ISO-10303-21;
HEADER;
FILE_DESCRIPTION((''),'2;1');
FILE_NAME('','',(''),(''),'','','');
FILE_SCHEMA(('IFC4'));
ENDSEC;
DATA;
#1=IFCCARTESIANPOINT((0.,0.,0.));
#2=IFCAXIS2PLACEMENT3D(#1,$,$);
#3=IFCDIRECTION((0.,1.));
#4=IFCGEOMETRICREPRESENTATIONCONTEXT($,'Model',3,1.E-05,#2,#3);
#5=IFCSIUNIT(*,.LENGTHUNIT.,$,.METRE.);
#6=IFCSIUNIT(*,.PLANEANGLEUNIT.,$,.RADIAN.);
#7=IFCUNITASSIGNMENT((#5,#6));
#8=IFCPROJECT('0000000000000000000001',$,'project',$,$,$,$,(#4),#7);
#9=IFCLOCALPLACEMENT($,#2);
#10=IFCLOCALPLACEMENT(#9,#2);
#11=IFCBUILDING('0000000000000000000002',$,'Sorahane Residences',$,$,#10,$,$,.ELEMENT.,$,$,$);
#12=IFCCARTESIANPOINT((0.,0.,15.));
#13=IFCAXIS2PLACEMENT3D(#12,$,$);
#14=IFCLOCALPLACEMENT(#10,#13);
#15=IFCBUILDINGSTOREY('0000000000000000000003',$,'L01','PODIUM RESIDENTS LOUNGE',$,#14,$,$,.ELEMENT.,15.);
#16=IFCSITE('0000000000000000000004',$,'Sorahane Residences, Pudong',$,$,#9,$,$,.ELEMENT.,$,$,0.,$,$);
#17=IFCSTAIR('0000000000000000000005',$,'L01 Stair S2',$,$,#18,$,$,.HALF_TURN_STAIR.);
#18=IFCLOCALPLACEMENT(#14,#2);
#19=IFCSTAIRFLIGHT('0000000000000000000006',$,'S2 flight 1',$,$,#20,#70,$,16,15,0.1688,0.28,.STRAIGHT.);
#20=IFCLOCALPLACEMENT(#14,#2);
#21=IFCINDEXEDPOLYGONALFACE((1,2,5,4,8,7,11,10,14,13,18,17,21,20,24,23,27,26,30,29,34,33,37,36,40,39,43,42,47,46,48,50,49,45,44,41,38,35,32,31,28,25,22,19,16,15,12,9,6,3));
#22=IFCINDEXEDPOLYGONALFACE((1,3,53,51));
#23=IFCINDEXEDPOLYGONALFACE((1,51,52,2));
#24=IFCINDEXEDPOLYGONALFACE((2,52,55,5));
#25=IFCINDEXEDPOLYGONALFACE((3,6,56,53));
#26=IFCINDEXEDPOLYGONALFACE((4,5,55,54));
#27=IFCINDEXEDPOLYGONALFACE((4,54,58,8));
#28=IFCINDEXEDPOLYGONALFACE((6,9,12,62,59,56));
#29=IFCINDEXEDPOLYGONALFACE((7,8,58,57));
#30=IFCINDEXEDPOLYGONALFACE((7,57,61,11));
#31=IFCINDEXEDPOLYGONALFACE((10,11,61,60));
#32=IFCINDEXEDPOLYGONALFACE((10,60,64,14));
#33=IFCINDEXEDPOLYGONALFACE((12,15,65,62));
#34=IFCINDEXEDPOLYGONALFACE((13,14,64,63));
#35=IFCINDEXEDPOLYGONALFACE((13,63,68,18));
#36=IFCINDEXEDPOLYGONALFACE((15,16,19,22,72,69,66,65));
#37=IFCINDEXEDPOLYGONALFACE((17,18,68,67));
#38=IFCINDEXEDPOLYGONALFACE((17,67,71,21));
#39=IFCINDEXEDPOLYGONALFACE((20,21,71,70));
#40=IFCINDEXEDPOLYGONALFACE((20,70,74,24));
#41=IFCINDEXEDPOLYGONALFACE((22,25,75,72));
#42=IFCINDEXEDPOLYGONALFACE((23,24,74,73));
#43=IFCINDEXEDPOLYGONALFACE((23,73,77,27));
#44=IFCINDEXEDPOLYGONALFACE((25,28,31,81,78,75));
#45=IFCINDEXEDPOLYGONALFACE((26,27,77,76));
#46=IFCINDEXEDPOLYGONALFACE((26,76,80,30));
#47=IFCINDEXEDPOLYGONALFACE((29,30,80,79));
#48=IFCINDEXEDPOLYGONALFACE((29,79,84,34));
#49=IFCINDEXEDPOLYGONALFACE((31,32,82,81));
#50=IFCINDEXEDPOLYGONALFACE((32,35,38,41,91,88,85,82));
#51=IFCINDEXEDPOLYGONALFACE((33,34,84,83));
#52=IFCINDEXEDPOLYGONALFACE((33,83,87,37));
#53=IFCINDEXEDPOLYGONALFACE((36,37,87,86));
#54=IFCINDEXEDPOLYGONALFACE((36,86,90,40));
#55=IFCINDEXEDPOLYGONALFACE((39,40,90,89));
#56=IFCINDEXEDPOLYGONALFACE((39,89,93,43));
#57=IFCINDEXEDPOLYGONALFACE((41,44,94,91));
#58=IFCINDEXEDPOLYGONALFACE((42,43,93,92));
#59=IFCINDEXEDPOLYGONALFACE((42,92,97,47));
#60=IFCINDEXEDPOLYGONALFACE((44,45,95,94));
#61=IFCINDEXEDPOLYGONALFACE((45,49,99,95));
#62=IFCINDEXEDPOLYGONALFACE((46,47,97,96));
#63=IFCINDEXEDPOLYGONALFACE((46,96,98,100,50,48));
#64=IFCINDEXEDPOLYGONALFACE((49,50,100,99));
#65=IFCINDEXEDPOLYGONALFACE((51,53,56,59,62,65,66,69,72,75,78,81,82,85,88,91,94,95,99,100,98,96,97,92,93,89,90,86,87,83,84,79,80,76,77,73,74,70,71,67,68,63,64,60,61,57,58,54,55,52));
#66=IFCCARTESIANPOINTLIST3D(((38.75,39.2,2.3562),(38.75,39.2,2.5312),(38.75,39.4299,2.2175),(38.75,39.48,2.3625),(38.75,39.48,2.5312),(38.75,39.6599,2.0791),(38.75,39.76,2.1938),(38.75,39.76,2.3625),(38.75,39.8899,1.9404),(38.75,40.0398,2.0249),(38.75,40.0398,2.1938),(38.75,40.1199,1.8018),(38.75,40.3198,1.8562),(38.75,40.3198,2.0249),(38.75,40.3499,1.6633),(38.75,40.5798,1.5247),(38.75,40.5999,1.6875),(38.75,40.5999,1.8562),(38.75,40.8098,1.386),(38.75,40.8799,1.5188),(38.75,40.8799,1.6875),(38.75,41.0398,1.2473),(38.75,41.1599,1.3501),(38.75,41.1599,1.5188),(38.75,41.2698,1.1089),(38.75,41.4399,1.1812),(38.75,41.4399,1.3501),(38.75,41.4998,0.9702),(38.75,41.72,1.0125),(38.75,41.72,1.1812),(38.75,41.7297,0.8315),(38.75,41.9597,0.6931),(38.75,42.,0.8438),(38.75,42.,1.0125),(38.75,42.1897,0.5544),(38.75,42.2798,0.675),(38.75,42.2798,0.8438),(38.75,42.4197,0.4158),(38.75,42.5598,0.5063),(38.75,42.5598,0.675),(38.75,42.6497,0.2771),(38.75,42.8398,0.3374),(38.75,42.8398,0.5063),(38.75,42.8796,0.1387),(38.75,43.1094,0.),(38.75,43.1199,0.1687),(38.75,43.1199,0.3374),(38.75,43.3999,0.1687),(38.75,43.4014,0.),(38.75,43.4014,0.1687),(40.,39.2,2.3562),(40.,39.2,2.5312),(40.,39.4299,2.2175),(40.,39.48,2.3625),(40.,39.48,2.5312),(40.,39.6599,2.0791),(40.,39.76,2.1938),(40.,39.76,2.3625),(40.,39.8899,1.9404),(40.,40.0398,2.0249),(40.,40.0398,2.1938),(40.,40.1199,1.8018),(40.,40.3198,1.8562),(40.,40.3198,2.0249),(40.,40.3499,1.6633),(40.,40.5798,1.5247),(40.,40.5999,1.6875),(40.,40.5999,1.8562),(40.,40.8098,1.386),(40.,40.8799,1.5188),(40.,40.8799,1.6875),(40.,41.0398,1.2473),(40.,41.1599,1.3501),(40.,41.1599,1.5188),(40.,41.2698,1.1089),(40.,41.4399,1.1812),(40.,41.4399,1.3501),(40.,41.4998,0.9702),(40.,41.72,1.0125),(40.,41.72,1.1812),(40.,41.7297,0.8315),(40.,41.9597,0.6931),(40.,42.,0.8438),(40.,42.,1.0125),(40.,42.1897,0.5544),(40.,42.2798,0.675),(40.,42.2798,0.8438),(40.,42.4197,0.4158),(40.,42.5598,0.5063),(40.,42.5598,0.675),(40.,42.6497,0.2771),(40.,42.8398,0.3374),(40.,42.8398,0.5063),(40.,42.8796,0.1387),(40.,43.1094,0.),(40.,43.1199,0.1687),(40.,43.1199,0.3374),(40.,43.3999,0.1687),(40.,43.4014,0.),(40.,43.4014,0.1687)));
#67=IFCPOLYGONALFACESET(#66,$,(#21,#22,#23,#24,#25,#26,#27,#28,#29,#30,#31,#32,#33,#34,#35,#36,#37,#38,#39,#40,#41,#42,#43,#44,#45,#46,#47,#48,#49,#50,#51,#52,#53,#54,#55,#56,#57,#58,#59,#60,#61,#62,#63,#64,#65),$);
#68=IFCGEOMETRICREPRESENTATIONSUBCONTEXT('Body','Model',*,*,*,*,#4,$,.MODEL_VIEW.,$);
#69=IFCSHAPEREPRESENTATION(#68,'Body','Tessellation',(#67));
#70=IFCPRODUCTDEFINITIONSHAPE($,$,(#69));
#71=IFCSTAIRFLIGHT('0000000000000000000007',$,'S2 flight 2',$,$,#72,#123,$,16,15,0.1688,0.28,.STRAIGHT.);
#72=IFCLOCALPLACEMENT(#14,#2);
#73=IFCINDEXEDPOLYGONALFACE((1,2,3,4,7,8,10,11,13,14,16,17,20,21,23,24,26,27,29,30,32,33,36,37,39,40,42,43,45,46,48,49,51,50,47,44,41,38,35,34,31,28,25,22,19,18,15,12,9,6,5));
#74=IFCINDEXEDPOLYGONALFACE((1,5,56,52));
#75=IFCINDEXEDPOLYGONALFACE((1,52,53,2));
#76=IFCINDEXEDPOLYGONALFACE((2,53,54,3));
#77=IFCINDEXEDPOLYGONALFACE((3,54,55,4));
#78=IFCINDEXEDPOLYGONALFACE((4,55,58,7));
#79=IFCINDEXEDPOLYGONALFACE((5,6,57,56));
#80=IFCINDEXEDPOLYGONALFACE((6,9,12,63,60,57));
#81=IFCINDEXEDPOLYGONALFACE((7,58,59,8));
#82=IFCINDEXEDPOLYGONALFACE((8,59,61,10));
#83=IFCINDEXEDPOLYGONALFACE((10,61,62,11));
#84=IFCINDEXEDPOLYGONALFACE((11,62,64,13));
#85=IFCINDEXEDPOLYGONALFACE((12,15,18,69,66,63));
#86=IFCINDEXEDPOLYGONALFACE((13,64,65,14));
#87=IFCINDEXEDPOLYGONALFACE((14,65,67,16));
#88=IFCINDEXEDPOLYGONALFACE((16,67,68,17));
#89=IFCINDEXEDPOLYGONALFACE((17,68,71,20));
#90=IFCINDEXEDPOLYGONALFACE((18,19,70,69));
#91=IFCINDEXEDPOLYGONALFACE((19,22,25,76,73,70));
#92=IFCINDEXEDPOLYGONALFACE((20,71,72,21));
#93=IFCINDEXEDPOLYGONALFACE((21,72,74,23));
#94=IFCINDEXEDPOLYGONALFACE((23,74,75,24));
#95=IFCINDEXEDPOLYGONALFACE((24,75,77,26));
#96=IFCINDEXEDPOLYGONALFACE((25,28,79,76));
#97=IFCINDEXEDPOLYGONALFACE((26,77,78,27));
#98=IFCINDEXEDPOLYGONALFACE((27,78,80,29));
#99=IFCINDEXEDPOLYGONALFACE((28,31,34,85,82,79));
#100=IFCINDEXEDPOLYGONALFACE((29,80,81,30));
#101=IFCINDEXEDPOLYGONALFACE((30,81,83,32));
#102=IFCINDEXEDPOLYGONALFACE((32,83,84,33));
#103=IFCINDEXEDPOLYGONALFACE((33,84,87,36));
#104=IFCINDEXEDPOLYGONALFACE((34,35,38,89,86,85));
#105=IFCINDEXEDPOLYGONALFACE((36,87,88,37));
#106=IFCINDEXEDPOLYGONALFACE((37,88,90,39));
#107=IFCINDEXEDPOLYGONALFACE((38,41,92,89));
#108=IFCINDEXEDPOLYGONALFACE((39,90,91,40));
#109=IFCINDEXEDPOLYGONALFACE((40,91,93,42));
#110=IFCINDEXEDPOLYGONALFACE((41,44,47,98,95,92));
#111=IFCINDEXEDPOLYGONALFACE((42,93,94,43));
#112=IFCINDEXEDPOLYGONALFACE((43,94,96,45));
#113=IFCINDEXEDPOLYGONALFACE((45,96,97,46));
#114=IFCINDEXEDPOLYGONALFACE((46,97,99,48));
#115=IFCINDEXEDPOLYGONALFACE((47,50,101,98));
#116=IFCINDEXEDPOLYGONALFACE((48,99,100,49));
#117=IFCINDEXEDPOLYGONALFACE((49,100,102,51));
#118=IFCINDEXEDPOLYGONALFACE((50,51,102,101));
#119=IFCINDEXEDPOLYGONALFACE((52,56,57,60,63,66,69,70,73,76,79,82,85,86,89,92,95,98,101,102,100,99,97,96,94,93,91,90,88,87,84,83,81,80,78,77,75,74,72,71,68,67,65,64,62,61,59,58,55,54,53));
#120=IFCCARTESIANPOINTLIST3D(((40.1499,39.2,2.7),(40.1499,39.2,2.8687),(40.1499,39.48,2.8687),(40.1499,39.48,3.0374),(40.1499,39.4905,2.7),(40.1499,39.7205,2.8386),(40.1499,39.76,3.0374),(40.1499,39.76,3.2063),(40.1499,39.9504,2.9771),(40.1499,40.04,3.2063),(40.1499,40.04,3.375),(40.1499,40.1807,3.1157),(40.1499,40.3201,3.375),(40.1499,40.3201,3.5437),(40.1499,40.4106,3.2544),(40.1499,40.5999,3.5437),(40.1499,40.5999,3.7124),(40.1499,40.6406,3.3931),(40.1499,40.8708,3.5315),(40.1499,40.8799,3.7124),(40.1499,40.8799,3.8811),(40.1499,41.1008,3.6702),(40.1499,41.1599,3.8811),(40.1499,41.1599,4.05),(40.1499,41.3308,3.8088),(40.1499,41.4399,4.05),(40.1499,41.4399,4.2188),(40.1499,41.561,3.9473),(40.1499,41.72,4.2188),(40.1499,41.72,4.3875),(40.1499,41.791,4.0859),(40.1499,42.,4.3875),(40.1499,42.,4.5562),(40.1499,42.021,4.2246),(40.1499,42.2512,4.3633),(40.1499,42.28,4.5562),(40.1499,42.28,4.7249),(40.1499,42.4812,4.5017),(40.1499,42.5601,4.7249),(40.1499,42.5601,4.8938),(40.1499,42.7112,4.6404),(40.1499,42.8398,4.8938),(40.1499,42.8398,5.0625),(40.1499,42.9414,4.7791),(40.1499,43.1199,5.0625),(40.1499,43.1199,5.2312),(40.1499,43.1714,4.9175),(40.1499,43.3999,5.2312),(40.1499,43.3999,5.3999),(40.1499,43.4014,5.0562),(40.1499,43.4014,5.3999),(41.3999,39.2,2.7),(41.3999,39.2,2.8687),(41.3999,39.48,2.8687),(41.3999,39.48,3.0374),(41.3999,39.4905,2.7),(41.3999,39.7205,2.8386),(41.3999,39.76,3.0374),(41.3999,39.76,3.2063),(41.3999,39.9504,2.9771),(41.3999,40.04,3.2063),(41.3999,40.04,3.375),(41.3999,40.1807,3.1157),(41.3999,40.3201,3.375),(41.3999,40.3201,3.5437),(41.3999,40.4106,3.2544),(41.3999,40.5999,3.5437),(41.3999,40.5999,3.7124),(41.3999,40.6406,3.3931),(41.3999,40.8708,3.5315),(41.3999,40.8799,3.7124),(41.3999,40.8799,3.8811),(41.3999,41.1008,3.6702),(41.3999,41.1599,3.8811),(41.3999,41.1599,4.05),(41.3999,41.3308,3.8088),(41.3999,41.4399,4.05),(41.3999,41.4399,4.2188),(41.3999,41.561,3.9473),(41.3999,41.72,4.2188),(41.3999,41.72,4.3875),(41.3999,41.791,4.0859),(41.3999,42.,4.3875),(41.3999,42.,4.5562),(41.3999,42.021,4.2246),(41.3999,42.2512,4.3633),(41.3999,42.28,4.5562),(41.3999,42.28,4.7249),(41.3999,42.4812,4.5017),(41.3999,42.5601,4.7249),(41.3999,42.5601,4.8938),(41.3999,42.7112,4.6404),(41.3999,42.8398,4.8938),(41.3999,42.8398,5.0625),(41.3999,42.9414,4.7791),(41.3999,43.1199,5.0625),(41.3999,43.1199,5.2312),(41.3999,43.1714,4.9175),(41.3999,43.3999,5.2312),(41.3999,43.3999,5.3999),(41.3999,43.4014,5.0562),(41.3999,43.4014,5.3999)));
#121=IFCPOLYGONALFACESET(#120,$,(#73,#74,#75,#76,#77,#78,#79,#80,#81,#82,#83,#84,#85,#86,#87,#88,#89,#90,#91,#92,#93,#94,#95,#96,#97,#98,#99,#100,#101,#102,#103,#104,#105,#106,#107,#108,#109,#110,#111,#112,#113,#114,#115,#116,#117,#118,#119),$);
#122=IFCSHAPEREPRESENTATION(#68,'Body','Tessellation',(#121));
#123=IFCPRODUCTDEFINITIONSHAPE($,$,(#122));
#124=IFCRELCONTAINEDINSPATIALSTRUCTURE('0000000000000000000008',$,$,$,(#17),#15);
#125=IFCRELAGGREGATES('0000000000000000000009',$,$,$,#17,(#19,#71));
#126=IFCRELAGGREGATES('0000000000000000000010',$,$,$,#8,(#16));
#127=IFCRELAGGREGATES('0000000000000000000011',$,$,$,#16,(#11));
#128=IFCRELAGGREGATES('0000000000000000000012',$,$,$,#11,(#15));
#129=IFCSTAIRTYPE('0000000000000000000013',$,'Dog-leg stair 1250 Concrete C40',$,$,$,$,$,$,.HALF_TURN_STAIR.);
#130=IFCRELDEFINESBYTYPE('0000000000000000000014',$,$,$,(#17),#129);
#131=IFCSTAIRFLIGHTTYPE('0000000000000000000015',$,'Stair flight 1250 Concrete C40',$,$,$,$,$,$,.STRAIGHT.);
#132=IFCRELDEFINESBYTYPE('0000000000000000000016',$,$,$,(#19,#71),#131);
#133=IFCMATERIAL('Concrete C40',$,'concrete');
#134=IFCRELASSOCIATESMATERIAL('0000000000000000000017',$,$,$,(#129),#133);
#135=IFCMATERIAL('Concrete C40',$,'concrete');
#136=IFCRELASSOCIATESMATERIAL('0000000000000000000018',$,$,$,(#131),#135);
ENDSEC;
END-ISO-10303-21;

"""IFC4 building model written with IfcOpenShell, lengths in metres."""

from ifc_helpers import new_model, si_unit, direction, frame, origin, place, context, subcontext, project, spatial, polyline, outline, extrude, material, type_object, element, aggregate, save


model = new_model("IFC4")

# Units and contexts
model_context = context("Model", 3, precision=1e-05, world=origin(), true_north=direction((0.0, 1.0)))
body_context = subcontext(model_context, "Body", "Model", "MODEL_VIEW")
ifc_project = project(units=[si_unit("LENGTHUNIT", "METRE"), si_unit("PLANEANGLEUNIT", "RADIAN")], contexts=[model_context])

# Site, building, storey
site_placement = place(None, origin())
site = spatial("IfcSite", under=ifc_project, at=site_placement, Name="Sorahane Residences, Pudong", CompositionType="ELEMENT", RefElevation=0.0)
building_placement = place(site_placement, origin())
building = spatial("IfcBuilding", under=site, at=building_placement, Name="Sorahane Residences", CompositionType="ELEMENT")
storey_placement = place(building_placement, frame((0.0, 0.0, 15.0)))
storey = spatial("IfcBuildingStorey", under=building, at=storey_placement, Name="L01", Description="PODIUM RESIDENTS LOUNGE", CompositionType="ELEMENT", Elevation=15.0)

# Stair, stair flights
ifc_material_1 = material(Name="Concrete C40", Category="concrete")
stair_type = type_object("IfcStairType", Name="Dog-leg stair 1250 Concrete C40", PredefinedType="HALF_TURN_STAIR", material=ifc_material_1)
stair_placement = place(storey_placement, origin())
stair = element("IfcStair", 1, at=stair_placement, inside=storey, type_object=stair_type, Name="L01 Stair S2", PredefinedType="HALF_TURN_STAIR")
ifc_material_2 = material(Name="Concrete C40", Category="concrete")
stair_flight_type = type_object("IfcStairFlightType", Name="Stair flight 1250 Concrete C40", PredefinedType="STRAIGHT", material=ifc_material_2)
stair_flight_1_placement = place(storey_placement, frame((39.375, 43.3999, 0.0), z_axis=(0.0, 0.0, 1.0), x_axis=(0.0, -1.0, 0.0)))
stair_flight_1 = element("IfcStairFlight", 2, at=stair_flight_1_placement, type_object=stair_flight_type, Name="S2 flight 1", NumberOfRisers=16, NumberOfTreads=15, PredefinedType="STRAIGHT", RiserHeight=0.1688, TreadLength=0.28, context=body_context, shape_type="SweptSolid", body=[
    extrude(outline(polyline([(-0.0015, 0.0), (-0.0015, 0.1687), (0.0, 0.1687), (0.28, 0.1687), (0.28, 0.3374), (0.5601, 0.3374), (0.5601, 0.5063), (0.8401, 0.5063), (0.8401, 0.675), (1.1201, 0.675), (1.1201, 0.8438), (1.3999, 0.8438), (1.3999, 1.0125), (1.6799, 1.0125), (1.6799, 1.1812), (1.96, 1.1812), (1.96, 1.3501), (2.24, 1.3501), (2.24, 1.5188), (2.52, 1.5188), (2.52, 1.6875), (2.8, 1.6875), (2.8, 1.8562), (3.0801, 1.8562), (3.0801, 2.0249), (3.3601, 2.0249), (3.3601, 2.1938), (3.6399, 2.1938), (3.6399, 2.3625), (3.9199, 2.3625), (3.9199, 2.5312), (4.2, 2.5312), (4.2, 2.7), (4.2, 2.3562), (3.97, 2.2175), (3.74, 2.0791), (3.51, 1.9404), (3.28, 1.8018), (3.05, 1.6633), (2.8201, 1.5247), (2.5901, 1.386), (2.3601, 1.2473), (2.1301, 1.1089), (1.9001, 0.9702), (1.6702, 0.8315), (1.4402, 0.6931), (1.2102, 0.5544), (0.9802, 0.4158), (0.7502, 0.2771), (0.5203, 0.1387), (0.2905, 0.0), (-0.0015, 0.0)])), frame((0.0, 0.625, 0.0), z_axis=(0.0, -1.0, 0.0), x_axis=(1.0, 0.0, 0.0)), (0.0, 0.0, 1.0), 1.25),
])
stair_flight_2_placement = place(storey_placement, frame((40.7749, 39.2, 2.7), z_axis=(0.0, 0.0, 1.0), x_axis=(0.0, 1.0, 0.0)))
stair_flight_2 = element("IfcStairFlight", 3, at=stair_flight_2_placement, type_object=stair_flight_type, Name="S2 flight 2", NumberOfRisers=16, NumberOfTreads=15, PredefinedType="STRAIGHT", RiserHeight=0.1688, TreadLength=0.28, context=body_context, shape_type="SweptSolid", body=[
    extrude(outline(polyline([(0.0, 0.0), (0.0, 0.1687), (0.28, 0.1687), (0.28, 0.3374), (0.5601, 0.3374), (0.5601, 0.5063), (0.8401, 0.5063), (0.8401, 0.675), (1.1201, 0.675), (1.1201, 0.8438), (1.3999, 0.8438), (1.3999, 1.0125), (1.6799, 1.0125), (1.6799, 1.1812), (1.96, 1.1812), (1.96, 1.3501), (2.24, 1.3501), (2.24, 1.5188), (2.52, 1.5188), (2.52, 1.6875), (2.8, 1.6875), (2.8, 1.8562), (3.0801, 1.8562), (3.0801, 2.0249), (3.3601, 2.0249), (3.3601, 2.1938), (3.6399, 2.1938), (3.6399, 2.3625), (3.9199, 2.3625), (3.9199, 2.5312), (4.2, 2.5312), (4.2, 2.7), (4.2014, 2.7), (4.2014, 2.3562), (3.9714, 2.2175), (3.7415, 2.0791), (3.5112, 1.9404), (3.2812, 1.8018), (3.0513, 1.6633), (2.821, 1.5247), (2.5911, 1.386), (2.3611, 1.2473), (2.1309, 1.1089), (1.9009, 0.9702), (1.6709, 0.8315), (1.4407, 0.6931), (1.2107, 0.5544), (0.9807, 0.4158), (0.7505, 0.2771), (0.5205, 0.1387), (0.2905, 0.0), (0.0, 0.0)])), frame((0.0, 0.625, 0.0), z_axis=(0.0, -1.0, 0.0), x_axis=(1.0, 0.0, 0.0)), (0.0, 0.0, 1.0), 1.25),
])
aggregate(stair, [stair_flight_1, stair_flight_2])

save(model, "model.ifc")
